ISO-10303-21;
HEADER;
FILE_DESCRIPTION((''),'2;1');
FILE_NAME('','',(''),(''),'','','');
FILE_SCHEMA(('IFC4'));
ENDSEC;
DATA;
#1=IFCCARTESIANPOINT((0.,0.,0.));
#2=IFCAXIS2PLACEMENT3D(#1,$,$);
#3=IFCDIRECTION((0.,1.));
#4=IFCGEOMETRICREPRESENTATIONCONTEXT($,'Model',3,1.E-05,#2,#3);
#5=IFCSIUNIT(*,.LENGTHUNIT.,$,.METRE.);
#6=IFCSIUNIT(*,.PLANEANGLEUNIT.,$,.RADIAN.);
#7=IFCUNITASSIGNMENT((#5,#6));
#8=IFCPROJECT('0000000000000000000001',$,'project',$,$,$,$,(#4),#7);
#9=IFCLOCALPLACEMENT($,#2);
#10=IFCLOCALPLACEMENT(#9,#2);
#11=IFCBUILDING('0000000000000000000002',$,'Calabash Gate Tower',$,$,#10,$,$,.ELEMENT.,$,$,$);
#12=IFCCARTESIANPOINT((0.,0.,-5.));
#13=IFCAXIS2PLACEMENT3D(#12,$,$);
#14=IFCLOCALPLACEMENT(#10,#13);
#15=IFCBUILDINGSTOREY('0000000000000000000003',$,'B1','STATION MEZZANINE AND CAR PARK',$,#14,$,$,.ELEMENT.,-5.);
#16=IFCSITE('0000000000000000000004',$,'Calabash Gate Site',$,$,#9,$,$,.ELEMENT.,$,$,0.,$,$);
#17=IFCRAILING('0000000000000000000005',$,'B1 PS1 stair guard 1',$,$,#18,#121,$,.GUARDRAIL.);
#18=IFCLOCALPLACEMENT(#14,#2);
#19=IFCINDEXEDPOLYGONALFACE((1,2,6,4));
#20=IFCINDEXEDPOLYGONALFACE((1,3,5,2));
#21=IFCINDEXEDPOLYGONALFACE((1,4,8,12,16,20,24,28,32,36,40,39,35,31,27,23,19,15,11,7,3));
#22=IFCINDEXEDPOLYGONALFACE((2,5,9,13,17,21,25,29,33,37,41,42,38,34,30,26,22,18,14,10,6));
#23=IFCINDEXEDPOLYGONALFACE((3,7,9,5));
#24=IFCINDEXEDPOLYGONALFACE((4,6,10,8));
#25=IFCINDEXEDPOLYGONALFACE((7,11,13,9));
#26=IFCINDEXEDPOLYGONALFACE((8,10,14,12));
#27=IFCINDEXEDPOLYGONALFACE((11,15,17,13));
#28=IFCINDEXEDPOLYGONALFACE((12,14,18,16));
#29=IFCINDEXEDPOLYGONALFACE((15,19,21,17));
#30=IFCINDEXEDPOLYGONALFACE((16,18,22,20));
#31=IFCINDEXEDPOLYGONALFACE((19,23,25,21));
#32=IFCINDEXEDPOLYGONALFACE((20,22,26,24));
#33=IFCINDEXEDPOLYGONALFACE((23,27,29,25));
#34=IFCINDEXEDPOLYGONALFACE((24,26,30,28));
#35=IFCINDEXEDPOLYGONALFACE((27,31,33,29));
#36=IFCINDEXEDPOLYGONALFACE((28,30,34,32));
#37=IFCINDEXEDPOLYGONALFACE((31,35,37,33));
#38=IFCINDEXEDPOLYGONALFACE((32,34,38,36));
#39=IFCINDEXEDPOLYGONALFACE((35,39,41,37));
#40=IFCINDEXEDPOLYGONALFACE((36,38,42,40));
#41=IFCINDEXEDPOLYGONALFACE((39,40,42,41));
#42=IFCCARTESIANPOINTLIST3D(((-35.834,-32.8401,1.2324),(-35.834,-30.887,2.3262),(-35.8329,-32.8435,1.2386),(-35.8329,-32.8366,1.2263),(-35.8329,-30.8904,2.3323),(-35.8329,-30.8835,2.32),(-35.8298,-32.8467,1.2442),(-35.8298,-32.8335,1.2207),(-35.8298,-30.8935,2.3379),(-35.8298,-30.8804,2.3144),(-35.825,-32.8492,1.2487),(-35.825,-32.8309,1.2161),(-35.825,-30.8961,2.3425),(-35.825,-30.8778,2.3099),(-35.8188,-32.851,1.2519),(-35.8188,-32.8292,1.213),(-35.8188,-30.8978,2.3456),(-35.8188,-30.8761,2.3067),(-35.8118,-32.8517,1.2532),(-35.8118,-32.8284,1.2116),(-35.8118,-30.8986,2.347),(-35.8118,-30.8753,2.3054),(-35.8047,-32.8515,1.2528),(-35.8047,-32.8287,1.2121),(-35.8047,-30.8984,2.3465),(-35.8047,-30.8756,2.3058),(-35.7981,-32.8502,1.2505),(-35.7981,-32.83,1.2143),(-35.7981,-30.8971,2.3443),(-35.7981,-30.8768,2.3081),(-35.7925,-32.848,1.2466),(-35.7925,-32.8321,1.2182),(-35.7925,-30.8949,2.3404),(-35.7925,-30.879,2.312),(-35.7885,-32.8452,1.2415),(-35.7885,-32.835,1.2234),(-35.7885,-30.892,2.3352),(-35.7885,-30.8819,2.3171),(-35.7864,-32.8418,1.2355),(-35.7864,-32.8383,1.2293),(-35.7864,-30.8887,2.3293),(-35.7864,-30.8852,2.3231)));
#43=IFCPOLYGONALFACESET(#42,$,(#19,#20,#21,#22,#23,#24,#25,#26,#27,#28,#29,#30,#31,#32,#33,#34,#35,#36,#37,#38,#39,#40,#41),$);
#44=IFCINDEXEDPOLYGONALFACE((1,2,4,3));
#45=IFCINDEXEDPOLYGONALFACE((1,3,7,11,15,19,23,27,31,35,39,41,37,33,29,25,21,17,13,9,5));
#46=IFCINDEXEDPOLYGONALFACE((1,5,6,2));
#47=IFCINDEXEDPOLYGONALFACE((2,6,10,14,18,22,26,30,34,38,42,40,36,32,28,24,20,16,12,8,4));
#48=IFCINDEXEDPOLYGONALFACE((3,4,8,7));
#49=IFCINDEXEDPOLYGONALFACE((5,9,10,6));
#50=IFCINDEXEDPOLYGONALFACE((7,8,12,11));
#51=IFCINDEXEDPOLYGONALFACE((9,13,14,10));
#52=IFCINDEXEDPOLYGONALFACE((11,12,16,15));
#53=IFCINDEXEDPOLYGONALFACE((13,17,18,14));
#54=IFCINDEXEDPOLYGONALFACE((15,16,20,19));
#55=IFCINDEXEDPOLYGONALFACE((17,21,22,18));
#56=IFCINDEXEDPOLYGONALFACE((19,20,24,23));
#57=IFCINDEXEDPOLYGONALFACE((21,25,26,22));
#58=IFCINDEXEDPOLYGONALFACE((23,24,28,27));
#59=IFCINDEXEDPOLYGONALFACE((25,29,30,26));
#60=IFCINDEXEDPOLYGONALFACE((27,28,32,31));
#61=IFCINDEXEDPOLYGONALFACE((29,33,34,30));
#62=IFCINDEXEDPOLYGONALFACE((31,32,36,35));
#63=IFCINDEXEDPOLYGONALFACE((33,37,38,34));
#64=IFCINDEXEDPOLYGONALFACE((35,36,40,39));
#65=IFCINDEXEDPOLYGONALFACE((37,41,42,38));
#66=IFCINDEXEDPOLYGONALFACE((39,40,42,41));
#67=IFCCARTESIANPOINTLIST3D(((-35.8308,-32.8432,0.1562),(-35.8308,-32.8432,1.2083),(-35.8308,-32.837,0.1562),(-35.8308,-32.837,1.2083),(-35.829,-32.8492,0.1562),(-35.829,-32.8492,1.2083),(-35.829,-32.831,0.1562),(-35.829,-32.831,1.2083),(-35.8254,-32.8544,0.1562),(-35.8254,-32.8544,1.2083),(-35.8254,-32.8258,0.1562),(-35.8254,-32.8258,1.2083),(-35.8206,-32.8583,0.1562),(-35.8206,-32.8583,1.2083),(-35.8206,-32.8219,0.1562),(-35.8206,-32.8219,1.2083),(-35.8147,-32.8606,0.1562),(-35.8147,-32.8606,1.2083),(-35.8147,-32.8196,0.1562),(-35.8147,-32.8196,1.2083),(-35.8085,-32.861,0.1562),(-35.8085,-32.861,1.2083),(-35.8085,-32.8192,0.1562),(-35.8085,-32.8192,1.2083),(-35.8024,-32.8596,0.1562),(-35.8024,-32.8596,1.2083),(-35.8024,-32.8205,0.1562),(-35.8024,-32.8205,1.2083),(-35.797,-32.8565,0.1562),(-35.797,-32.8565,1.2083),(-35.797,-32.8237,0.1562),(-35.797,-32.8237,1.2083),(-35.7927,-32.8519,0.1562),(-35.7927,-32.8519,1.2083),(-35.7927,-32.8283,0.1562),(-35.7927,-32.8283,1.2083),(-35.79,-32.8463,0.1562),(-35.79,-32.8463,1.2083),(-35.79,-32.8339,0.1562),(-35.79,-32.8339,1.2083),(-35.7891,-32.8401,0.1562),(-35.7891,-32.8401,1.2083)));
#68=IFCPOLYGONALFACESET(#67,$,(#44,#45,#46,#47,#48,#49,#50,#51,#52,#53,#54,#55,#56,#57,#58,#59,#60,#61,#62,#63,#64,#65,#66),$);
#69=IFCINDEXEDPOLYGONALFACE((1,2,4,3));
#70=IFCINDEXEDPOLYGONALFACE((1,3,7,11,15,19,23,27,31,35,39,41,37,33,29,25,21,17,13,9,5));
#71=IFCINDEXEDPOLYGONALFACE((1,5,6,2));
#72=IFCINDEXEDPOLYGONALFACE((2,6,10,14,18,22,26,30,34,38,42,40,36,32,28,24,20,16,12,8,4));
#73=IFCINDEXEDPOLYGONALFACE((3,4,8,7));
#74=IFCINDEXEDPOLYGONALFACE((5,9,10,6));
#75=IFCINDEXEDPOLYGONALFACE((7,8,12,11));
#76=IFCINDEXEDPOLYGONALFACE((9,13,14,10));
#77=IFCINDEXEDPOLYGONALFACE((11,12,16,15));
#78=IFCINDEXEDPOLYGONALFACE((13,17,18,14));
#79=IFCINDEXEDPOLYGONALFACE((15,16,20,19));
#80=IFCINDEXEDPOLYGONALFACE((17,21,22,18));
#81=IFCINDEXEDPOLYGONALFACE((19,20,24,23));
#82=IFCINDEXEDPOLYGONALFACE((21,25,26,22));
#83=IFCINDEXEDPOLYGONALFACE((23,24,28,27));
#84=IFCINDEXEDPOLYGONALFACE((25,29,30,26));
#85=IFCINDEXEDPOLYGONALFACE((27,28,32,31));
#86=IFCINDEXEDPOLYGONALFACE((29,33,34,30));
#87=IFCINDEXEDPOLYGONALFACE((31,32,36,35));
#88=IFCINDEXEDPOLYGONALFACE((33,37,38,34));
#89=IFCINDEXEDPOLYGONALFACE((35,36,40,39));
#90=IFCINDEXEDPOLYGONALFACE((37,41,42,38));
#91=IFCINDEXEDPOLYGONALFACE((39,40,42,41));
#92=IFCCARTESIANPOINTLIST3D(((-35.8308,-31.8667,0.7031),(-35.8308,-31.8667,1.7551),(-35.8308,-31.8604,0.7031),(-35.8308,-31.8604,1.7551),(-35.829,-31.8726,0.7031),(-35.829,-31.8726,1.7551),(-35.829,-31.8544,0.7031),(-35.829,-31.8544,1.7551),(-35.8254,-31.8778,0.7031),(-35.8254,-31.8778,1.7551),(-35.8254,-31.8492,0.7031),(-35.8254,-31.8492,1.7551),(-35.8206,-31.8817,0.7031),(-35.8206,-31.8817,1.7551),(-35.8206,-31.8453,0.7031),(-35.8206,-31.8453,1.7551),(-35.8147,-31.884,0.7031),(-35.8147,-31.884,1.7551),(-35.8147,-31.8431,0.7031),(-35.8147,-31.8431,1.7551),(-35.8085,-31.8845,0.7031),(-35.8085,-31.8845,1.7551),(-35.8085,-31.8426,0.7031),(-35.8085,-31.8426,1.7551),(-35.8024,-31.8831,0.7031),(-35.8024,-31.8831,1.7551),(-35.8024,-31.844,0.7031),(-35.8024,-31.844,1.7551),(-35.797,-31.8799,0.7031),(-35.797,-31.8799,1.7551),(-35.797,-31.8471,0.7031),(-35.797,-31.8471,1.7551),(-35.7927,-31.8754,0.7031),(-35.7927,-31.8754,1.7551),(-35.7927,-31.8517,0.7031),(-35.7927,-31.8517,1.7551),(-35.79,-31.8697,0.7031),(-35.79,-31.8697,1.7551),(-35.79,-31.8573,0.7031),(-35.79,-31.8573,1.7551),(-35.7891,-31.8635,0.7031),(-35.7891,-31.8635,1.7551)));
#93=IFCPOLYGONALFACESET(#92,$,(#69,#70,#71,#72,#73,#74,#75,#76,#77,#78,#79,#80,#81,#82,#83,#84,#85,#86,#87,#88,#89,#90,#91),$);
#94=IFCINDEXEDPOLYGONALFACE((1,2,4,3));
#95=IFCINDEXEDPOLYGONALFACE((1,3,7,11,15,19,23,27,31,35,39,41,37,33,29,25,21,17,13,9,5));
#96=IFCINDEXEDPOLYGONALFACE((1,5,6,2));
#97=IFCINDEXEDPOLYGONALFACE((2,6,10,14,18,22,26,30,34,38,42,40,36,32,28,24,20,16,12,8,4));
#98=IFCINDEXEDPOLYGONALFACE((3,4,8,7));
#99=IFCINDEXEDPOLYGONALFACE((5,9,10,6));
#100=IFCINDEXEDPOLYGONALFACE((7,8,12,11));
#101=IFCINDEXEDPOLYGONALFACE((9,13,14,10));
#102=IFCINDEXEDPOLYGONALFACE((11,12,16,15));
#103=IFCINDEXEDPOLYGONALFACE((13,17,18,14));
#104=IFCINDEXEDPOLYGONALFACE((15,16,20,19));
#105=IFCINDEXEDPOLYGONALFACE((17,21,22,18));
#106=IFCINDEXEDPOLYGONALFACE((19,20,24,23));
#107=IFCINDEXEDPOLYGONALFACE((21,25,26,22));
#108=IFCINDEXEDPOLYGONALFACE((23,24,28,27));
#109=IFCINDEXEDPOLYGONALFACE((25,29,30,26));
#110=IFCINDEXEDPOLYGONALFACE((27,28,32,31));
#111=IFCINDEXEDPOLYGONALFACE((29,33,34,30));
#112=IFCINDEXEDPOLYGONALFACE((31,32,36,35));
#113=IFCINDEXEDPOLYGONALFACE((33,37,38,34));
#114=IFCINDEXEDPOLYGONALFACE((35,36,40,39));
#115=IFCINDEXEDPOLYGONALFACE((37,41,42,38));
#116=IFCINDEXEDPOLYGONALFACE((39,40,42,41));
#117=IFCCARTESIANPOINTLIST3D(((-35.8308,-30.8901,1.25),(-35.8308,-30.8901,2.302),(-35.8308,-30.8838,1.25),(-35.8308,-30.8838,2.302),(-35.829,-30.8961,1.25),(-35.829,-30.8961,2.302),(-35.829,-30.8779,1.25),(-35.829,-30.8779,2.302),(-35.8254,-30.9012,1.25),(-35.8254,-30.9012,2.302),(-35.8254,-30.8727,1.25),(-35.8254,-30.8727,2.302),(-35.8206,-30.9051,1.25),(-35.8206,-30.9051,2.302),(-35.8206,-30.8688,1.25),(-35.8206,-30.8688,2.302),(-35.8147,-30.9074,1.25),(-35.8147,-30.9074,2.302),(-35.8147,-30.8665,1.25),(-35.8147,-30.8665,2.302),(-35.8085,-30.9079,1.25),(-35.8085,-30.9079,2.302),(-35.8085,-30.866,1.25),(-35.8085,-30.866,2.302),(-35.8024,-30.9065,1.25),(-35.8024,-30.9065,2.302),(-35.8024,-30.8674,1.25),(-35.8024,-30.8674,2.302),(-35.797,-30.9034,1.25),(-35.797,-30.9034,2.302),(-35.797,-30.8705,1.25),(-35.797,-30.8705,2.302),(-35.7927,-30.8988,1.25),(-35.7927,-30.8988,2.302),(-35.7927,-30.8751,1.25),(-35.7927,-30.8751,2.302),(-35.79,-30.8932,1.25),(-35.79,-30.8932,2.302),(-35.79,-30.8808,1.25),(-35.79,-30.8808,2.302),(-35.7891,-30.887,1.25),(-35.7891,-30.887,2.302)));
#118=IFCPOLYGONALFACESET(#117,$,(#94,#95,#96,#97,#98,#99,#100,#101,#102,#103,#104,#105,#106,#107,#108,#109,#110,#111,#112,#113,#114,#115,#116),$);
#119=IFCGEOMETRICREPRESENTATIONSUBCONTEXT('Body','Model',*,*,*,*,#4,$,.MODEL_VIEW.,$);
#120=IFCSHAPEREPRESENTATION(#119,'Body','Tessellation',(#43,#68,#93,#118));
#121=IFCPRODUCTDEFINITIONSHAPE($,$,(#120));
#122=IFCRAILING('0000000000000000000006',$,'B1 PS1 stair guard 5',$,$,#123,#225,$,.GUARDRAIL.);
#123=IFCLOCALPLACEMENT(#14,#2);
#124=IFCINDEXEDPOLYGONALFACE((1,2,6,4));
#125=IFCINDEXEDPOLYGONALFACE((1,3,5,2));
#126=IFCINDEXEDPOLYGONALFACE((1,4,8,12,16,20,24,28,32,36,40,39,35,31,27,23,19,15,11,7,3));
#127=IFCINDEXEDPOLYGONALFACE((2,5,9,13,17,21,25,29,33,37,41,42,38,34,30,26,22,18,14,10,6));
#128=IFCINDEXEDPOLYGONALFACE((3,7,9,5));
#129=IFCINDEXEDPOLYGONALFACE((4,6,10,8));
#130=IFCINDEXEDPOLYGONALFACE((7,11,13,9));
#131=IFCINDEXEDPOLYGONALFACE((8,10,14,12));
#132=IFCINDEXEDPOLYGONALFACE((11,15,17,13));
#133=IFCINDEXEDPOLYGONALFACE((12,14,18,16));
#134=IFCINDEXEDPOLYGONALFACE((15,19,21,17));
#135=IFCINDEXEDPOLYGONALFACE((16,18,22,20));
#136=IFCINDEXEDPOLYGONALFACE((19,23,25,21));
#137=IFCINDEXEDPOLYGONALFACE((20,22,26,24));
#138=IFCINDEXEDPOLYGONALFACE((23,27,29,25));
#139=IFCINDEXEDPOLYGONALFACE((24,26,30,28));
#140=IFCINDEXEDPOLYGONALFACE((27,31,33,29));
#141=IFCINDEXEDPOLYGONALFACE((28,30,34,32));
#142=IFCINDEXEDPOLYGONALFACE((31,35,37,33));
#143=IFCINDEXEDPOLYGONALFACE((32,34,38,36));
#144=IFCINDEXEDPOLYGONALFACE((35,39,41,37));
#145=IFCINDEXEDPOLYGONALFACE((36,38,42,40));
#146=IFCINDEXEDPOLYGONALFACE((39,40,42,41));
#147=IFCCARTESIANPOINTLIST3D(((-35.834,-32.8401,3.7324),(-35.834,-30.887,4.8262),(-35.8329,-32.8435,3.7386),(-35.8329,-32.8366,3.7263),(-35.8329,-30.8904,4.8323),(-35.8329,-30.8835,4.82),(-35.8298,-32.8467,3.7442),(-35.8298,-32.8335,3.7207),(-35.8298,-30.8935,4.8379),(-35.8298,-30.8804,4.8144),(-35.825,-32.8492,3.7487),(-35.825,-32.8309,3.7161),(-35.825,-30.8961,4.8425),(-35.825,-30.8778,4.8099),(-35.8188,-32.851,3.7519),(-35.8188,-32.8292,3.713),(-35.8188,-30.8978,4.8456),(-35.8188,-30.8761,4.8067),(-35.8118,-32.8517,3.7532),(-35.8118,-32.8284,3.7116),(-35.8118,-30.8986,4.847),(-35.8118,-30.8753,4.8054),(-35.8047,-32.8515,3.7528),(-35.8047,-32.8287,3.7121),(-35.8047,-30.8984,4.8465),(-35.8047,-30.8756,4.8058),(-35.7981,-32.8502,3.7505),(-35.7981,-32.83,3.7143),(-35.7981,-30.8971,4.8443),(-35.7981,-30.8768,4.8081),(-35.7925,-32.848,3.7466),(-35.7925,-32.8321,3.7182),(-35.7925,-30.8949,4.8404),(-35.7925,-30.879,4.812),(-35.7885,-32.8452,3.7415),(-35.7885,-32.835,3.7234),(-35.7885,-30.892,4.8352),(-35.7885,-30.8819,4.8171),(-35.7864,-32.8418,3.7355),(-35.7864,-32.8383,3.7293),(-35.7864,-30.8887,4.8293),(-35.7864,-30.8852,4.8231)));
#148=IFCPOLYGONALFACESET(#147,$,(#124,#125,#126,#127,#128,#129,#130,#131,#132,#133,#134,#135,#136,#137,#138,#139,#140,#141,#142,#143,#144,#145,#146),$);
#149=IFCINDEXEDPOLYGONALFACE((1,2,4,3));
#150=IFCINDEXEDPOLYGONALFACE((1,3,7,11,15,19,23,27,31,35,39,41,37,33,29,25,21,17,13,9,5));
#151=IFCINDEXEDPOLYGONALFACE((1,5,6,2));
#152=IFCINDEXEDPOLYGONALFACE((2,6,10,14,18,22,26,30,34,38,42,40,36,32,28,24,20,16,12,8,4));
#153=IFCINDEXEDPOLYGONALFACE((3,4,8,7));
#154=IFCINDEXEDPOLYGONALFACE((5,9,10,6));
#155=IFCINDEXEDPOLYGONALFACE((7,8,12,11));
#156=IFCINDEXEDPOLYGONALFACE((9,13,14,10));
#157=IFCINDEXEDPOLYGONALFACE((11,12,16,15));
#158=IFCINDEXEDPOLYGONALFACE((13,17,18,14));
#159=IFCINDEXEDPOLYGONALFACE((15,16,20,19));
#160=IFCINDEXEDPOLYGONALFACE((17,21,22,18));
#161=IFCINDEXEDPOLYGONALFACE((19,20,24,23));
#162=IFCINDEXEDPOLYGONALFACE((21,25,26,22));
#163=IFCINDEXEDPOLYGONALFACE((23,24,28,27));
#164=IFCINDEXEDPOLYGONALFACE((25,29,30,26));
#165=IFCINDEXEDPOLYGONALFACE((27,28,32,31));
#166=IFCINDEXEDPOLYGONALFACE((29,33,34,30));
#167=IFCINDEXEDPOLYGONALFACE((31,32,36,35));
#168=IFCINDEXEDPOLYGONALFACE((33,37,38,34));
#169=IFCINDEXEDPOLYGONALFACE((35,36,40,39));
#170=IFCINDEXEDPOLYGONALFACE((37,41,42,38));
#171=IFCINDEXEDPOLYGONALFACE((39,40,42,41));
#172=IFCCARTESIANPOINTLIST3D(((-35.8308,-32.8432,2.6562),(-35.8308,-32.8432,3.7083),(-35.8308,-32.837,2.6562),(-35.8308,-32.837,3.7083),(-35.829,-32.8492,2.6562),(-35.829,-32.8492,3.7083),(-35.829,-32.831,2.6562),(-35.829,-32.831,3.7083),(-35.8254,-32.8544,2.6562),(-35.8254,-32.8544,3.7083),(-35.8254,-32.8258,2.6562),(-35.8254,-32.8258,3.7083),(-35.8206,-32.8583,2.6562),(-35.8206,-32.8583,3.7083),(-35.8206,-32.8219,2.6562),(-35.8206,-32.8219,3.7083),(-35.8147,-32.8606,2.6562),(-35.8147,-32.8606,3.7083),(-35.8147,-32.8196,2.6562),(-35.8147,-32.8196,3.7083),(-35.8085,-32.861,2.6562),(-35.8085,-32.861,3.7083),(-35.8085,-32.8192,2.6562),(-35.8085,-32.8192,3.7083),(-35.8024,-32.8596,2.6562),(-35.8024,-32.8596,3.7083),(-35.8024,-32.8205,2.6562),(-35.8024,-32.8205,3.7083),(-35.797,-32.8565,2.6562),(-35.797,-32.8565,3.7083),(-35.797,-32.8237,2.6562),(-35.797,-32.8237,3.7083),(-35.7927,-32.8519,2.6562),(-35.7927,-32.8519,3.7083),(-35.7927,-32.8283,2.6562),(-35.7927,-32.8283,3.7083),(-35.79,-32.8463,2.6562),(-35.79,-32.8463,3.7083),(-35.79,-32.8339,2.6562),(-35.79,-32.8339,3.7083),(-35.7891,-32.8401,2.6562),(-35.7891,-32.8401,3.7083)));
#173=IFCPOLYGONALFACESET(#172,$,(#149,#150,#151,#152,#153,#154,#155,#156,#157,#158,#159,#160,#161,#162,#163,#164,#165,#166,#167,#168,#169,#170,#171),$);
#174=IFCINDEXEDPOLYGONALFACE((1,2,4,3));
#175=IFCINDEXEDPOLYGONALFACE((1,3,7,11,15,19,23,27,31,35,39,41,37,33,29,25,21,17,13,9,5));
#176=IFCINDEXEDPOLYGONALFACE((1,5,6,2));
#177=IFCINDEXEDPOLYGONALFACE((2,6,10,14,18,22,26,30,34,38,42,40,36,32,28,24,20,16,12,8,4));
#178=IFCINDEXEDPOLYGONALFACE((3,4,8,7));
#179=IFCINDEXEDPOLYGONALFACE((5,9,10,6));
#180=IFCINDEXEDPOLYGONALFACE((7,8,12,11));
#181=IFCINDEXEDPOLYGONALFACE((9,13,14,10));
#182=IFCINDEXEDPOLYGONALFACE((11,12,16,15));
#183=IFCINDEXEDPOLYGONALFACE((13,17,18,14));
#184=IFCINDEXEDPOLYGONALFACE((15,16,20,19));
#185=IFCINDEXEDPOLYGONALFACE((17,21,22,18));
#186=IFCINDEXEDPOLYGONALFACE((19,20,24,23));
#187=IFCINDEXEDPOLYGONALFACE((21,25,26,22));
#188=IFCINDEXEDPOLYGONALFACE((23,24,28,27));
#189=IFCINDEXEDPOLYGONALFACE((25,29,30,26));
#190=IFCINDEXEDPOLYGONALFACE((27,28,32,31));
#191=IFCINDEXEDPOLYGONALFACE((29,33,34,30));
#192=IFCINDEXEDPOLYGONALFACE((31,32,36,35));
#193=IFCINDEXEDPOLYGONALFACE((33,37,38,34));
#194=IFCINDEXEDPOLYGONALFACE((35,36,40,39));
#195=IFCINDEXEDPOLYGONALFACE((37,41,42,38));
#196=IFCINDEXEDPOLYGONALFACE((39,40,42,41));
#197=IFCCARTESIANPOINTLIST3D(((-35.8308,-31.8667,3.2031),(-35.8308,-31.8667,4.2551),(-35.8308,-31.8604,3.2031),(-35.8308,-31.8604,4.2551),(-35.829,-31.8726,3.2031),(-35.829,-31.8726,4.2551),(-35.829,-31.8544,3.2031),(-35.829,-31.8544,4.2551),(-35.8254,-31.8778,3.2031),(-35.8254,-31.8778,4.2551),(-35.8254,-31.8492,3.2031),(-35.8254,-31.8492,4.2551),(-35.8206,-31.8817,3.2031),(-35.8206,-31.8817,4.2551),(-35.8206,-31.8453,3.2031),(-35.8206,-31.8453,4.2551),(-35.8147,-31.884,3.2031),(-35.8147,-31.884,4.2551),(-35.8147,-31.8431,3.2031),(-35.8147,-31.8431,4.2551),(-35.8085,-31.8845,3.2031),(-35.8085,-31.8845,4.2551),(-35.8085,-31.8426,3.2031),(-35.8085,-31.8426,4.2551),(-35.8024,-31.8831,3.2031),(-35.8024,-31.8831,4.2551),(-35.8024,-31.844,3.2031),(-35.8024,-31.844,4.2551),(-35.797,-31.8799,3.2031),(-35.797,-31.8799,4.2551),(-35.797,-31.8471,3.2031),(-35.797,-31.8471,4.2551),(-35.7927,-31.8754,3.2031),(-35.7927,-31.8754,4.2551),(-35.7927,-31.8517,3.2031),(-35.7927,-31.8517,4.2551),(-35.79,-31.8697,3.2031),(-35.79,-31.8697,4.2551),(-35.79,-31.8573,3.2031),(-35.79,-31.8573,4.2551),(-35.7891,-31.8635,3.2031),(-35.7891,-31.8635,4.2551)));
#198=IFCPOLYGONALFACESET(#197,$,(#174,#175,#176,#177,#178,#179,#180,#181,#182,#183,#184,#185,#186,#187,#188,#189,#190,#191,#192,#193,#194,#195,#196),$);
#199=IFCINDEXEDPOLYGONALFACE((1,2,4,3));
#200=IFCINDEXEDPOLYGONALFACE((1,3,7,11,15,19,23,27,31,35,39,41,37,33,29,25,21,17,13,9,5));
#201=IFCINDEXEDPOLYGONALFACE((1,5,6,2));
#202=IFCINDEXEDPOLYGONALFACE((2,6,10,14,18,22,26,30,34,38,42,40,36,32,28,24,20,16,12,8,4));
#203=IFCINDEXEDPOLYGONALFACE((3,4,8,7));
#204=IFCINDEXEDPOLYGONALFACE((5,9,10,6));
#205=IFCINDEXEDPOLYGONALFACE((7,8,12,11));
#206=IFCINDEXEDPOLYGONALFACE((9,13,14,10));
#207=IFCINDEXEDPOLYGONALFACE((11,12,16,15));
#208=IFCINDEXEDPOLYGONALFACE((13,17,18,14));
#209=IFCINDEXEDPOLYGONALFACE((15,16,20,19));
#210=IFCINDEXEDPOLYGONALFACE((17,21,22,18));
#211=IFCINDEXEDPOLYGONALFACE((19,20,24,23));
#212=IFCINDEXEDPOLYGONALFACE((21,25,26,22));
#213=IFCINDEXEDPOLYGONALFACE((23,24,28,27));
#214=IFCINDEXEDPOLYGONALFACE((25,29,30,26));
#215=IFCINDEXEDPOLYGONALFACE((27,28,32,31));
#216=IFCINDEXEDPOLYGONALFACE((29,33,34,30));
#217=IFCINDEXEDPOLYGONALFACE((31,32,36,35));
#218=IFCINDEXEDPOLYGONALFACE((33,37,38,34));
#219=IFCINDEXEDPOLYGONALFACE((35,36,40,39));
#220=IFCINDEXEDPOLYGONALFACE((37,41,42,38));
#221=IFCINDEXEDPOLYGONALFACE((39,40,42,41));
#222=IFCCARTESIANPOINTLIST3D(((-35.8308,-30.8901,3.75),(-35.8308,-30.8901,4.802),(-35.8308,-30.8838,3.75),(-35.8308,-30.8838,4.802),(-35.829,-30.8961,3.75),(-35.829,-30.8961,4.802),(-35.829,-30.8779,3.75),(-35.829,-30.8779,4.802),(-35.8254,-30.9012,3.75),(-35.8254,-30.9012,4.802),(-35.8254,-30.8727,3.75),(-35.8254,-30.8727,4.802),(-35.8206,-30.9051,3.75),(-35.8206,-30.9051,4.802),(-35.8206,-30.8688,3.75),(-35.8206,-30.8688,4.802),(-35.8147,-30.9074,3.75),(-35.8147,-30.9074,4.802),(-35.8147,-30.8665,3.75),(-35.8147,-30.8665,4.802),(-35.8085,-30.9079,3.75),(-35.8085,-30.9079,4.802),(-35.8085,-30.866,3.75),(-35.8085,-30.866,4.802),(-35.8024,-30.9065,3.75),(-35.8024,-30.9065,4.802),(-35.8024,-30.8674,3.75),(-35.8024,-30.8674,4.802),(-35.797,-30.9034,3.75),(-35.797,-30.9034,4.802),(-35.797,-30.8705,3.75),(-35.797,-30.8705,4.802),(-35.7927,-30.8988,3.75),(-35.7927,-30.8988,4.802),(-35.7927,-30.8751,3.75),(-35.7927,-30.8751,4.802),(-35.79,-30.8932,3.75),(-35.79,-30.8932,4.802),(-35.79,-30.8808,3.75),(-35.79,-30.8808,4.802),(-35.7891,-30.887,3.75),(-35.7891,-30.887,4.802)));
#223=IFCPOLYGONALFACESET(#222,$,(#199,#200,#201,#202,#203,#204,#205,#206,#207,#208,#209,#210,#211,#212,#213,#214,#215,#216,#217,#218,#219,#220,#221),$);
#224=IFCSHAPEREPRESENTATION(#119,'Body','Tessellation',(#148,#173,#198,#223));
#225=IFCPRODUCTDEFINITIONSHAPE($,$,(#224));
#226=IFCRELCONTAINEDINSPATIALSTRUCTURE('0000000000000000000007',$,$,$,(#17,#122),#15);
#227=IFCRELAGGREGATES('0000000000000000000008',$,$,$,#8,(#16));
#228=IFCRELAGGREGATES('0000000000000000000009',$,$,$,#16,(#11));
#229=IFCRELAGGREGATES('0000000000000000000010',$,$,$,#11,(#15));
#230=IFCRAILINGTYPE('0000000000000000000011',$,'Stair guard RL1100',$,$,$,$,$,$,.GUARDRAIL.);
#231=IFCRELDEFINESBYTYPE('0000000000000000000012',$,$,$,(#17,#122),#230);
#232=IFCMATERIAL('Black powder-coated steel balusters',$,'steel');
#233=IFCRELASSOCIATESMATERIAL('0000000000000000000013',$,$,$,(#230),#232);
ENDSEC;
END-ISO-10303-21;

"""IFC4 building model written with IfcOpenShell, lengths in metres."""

from ifc_helpers import new_model, si_unit, direction, frame, origin, origin_2d, place, context, subcontext, project, spatial, circle, extrude, material, type_object, element, save


model = new_model("IFC4")

# Units and contexts
model_context = context("Model", 3, precision=1e-05, world=origin(), true_north=direction((0.0, 1.0)))
body_context = subcontext(model_context, "Body", "Model", "MODEL_VIEW")
ifc_project = project(units=[si_unit("LENGTHUNIT", "METRE"), si_unit("PLANEANGLEUNIT", "RADIAN")], contexts=[model_context])

# Site, building, storey
site_placement = place(None, origin())
site = spatial("IfcSite", under=ifc_project, at=site_placement, Name="Calabash Gate Site", CompositionType="ELEMENT", RefElevation=0.0)
building_placement = place(site_placement, origin())
building = spatial("IfcBuilding", under=site, at=building_placement, Name="Calabash Gate Tower", CompositionType="ELEMENT")
storey_placement = place(building_placement, frame((0.0, 0.0, -5.0)))
storey = spatial("IfcBuildingStorey", under=building, at=storey_placement, Name="B1", Description="STATION MEZZANINE AND CAR PARK", CompositionType="ELEMENT", Elevation=-5.0)

# Railings
ifc_material_1 = material(Name="Black powder-coated steel balusters", Category="steel")
railing_type_1 = type_object("IfcRailingType", Name="Stair guard RL1100", PredefinedType="GUARDRAIL", material=ifc_material_1)
for number, where, name in (
    (1, (-35.8101, -32.8401, 0.1562), "B1 PS1 stair guard 1"),
    (2, (-35.8101, -32.8401, 2.6562), "B1 PS1 stair guard 5"),
):
    element("IfcRailing", number, at=place(storey_placement, frame(where)), inside=storey, type_object=railing_type_1, Name=name, PredefinedType="GUARDRAIL", context=body_context, shape_type="SweptSolid", body=[
        extrude(circle(Radius=0.0239, at=origin_2d()), frame((0.0, 0.0, 1.0762), z_axis=(0.0, 0.872506, 0.488603), x_axis=(-1.0, 0.0, 0.0)), (0.0, 0.0, 1.0), 2.2385),
        extrude(circle(Radius=0.021, at=origin_2d()), origin(), (0.0, 0.0, 1.0), 1.052),
        extrude(circle(Radius=0.021, at=origin_2d()), frame((0.0, 0.9766, 0.5469)), (0.0, 0.0, 1.0), 1.052),
        extrude(circle(Radius=0.021, at=origin_2d()), frame((0.0, 1.9531, 1.0938)), (0.0, 0.0, 1.0), 1.052),
    ])

save(model, "model.ifc")
